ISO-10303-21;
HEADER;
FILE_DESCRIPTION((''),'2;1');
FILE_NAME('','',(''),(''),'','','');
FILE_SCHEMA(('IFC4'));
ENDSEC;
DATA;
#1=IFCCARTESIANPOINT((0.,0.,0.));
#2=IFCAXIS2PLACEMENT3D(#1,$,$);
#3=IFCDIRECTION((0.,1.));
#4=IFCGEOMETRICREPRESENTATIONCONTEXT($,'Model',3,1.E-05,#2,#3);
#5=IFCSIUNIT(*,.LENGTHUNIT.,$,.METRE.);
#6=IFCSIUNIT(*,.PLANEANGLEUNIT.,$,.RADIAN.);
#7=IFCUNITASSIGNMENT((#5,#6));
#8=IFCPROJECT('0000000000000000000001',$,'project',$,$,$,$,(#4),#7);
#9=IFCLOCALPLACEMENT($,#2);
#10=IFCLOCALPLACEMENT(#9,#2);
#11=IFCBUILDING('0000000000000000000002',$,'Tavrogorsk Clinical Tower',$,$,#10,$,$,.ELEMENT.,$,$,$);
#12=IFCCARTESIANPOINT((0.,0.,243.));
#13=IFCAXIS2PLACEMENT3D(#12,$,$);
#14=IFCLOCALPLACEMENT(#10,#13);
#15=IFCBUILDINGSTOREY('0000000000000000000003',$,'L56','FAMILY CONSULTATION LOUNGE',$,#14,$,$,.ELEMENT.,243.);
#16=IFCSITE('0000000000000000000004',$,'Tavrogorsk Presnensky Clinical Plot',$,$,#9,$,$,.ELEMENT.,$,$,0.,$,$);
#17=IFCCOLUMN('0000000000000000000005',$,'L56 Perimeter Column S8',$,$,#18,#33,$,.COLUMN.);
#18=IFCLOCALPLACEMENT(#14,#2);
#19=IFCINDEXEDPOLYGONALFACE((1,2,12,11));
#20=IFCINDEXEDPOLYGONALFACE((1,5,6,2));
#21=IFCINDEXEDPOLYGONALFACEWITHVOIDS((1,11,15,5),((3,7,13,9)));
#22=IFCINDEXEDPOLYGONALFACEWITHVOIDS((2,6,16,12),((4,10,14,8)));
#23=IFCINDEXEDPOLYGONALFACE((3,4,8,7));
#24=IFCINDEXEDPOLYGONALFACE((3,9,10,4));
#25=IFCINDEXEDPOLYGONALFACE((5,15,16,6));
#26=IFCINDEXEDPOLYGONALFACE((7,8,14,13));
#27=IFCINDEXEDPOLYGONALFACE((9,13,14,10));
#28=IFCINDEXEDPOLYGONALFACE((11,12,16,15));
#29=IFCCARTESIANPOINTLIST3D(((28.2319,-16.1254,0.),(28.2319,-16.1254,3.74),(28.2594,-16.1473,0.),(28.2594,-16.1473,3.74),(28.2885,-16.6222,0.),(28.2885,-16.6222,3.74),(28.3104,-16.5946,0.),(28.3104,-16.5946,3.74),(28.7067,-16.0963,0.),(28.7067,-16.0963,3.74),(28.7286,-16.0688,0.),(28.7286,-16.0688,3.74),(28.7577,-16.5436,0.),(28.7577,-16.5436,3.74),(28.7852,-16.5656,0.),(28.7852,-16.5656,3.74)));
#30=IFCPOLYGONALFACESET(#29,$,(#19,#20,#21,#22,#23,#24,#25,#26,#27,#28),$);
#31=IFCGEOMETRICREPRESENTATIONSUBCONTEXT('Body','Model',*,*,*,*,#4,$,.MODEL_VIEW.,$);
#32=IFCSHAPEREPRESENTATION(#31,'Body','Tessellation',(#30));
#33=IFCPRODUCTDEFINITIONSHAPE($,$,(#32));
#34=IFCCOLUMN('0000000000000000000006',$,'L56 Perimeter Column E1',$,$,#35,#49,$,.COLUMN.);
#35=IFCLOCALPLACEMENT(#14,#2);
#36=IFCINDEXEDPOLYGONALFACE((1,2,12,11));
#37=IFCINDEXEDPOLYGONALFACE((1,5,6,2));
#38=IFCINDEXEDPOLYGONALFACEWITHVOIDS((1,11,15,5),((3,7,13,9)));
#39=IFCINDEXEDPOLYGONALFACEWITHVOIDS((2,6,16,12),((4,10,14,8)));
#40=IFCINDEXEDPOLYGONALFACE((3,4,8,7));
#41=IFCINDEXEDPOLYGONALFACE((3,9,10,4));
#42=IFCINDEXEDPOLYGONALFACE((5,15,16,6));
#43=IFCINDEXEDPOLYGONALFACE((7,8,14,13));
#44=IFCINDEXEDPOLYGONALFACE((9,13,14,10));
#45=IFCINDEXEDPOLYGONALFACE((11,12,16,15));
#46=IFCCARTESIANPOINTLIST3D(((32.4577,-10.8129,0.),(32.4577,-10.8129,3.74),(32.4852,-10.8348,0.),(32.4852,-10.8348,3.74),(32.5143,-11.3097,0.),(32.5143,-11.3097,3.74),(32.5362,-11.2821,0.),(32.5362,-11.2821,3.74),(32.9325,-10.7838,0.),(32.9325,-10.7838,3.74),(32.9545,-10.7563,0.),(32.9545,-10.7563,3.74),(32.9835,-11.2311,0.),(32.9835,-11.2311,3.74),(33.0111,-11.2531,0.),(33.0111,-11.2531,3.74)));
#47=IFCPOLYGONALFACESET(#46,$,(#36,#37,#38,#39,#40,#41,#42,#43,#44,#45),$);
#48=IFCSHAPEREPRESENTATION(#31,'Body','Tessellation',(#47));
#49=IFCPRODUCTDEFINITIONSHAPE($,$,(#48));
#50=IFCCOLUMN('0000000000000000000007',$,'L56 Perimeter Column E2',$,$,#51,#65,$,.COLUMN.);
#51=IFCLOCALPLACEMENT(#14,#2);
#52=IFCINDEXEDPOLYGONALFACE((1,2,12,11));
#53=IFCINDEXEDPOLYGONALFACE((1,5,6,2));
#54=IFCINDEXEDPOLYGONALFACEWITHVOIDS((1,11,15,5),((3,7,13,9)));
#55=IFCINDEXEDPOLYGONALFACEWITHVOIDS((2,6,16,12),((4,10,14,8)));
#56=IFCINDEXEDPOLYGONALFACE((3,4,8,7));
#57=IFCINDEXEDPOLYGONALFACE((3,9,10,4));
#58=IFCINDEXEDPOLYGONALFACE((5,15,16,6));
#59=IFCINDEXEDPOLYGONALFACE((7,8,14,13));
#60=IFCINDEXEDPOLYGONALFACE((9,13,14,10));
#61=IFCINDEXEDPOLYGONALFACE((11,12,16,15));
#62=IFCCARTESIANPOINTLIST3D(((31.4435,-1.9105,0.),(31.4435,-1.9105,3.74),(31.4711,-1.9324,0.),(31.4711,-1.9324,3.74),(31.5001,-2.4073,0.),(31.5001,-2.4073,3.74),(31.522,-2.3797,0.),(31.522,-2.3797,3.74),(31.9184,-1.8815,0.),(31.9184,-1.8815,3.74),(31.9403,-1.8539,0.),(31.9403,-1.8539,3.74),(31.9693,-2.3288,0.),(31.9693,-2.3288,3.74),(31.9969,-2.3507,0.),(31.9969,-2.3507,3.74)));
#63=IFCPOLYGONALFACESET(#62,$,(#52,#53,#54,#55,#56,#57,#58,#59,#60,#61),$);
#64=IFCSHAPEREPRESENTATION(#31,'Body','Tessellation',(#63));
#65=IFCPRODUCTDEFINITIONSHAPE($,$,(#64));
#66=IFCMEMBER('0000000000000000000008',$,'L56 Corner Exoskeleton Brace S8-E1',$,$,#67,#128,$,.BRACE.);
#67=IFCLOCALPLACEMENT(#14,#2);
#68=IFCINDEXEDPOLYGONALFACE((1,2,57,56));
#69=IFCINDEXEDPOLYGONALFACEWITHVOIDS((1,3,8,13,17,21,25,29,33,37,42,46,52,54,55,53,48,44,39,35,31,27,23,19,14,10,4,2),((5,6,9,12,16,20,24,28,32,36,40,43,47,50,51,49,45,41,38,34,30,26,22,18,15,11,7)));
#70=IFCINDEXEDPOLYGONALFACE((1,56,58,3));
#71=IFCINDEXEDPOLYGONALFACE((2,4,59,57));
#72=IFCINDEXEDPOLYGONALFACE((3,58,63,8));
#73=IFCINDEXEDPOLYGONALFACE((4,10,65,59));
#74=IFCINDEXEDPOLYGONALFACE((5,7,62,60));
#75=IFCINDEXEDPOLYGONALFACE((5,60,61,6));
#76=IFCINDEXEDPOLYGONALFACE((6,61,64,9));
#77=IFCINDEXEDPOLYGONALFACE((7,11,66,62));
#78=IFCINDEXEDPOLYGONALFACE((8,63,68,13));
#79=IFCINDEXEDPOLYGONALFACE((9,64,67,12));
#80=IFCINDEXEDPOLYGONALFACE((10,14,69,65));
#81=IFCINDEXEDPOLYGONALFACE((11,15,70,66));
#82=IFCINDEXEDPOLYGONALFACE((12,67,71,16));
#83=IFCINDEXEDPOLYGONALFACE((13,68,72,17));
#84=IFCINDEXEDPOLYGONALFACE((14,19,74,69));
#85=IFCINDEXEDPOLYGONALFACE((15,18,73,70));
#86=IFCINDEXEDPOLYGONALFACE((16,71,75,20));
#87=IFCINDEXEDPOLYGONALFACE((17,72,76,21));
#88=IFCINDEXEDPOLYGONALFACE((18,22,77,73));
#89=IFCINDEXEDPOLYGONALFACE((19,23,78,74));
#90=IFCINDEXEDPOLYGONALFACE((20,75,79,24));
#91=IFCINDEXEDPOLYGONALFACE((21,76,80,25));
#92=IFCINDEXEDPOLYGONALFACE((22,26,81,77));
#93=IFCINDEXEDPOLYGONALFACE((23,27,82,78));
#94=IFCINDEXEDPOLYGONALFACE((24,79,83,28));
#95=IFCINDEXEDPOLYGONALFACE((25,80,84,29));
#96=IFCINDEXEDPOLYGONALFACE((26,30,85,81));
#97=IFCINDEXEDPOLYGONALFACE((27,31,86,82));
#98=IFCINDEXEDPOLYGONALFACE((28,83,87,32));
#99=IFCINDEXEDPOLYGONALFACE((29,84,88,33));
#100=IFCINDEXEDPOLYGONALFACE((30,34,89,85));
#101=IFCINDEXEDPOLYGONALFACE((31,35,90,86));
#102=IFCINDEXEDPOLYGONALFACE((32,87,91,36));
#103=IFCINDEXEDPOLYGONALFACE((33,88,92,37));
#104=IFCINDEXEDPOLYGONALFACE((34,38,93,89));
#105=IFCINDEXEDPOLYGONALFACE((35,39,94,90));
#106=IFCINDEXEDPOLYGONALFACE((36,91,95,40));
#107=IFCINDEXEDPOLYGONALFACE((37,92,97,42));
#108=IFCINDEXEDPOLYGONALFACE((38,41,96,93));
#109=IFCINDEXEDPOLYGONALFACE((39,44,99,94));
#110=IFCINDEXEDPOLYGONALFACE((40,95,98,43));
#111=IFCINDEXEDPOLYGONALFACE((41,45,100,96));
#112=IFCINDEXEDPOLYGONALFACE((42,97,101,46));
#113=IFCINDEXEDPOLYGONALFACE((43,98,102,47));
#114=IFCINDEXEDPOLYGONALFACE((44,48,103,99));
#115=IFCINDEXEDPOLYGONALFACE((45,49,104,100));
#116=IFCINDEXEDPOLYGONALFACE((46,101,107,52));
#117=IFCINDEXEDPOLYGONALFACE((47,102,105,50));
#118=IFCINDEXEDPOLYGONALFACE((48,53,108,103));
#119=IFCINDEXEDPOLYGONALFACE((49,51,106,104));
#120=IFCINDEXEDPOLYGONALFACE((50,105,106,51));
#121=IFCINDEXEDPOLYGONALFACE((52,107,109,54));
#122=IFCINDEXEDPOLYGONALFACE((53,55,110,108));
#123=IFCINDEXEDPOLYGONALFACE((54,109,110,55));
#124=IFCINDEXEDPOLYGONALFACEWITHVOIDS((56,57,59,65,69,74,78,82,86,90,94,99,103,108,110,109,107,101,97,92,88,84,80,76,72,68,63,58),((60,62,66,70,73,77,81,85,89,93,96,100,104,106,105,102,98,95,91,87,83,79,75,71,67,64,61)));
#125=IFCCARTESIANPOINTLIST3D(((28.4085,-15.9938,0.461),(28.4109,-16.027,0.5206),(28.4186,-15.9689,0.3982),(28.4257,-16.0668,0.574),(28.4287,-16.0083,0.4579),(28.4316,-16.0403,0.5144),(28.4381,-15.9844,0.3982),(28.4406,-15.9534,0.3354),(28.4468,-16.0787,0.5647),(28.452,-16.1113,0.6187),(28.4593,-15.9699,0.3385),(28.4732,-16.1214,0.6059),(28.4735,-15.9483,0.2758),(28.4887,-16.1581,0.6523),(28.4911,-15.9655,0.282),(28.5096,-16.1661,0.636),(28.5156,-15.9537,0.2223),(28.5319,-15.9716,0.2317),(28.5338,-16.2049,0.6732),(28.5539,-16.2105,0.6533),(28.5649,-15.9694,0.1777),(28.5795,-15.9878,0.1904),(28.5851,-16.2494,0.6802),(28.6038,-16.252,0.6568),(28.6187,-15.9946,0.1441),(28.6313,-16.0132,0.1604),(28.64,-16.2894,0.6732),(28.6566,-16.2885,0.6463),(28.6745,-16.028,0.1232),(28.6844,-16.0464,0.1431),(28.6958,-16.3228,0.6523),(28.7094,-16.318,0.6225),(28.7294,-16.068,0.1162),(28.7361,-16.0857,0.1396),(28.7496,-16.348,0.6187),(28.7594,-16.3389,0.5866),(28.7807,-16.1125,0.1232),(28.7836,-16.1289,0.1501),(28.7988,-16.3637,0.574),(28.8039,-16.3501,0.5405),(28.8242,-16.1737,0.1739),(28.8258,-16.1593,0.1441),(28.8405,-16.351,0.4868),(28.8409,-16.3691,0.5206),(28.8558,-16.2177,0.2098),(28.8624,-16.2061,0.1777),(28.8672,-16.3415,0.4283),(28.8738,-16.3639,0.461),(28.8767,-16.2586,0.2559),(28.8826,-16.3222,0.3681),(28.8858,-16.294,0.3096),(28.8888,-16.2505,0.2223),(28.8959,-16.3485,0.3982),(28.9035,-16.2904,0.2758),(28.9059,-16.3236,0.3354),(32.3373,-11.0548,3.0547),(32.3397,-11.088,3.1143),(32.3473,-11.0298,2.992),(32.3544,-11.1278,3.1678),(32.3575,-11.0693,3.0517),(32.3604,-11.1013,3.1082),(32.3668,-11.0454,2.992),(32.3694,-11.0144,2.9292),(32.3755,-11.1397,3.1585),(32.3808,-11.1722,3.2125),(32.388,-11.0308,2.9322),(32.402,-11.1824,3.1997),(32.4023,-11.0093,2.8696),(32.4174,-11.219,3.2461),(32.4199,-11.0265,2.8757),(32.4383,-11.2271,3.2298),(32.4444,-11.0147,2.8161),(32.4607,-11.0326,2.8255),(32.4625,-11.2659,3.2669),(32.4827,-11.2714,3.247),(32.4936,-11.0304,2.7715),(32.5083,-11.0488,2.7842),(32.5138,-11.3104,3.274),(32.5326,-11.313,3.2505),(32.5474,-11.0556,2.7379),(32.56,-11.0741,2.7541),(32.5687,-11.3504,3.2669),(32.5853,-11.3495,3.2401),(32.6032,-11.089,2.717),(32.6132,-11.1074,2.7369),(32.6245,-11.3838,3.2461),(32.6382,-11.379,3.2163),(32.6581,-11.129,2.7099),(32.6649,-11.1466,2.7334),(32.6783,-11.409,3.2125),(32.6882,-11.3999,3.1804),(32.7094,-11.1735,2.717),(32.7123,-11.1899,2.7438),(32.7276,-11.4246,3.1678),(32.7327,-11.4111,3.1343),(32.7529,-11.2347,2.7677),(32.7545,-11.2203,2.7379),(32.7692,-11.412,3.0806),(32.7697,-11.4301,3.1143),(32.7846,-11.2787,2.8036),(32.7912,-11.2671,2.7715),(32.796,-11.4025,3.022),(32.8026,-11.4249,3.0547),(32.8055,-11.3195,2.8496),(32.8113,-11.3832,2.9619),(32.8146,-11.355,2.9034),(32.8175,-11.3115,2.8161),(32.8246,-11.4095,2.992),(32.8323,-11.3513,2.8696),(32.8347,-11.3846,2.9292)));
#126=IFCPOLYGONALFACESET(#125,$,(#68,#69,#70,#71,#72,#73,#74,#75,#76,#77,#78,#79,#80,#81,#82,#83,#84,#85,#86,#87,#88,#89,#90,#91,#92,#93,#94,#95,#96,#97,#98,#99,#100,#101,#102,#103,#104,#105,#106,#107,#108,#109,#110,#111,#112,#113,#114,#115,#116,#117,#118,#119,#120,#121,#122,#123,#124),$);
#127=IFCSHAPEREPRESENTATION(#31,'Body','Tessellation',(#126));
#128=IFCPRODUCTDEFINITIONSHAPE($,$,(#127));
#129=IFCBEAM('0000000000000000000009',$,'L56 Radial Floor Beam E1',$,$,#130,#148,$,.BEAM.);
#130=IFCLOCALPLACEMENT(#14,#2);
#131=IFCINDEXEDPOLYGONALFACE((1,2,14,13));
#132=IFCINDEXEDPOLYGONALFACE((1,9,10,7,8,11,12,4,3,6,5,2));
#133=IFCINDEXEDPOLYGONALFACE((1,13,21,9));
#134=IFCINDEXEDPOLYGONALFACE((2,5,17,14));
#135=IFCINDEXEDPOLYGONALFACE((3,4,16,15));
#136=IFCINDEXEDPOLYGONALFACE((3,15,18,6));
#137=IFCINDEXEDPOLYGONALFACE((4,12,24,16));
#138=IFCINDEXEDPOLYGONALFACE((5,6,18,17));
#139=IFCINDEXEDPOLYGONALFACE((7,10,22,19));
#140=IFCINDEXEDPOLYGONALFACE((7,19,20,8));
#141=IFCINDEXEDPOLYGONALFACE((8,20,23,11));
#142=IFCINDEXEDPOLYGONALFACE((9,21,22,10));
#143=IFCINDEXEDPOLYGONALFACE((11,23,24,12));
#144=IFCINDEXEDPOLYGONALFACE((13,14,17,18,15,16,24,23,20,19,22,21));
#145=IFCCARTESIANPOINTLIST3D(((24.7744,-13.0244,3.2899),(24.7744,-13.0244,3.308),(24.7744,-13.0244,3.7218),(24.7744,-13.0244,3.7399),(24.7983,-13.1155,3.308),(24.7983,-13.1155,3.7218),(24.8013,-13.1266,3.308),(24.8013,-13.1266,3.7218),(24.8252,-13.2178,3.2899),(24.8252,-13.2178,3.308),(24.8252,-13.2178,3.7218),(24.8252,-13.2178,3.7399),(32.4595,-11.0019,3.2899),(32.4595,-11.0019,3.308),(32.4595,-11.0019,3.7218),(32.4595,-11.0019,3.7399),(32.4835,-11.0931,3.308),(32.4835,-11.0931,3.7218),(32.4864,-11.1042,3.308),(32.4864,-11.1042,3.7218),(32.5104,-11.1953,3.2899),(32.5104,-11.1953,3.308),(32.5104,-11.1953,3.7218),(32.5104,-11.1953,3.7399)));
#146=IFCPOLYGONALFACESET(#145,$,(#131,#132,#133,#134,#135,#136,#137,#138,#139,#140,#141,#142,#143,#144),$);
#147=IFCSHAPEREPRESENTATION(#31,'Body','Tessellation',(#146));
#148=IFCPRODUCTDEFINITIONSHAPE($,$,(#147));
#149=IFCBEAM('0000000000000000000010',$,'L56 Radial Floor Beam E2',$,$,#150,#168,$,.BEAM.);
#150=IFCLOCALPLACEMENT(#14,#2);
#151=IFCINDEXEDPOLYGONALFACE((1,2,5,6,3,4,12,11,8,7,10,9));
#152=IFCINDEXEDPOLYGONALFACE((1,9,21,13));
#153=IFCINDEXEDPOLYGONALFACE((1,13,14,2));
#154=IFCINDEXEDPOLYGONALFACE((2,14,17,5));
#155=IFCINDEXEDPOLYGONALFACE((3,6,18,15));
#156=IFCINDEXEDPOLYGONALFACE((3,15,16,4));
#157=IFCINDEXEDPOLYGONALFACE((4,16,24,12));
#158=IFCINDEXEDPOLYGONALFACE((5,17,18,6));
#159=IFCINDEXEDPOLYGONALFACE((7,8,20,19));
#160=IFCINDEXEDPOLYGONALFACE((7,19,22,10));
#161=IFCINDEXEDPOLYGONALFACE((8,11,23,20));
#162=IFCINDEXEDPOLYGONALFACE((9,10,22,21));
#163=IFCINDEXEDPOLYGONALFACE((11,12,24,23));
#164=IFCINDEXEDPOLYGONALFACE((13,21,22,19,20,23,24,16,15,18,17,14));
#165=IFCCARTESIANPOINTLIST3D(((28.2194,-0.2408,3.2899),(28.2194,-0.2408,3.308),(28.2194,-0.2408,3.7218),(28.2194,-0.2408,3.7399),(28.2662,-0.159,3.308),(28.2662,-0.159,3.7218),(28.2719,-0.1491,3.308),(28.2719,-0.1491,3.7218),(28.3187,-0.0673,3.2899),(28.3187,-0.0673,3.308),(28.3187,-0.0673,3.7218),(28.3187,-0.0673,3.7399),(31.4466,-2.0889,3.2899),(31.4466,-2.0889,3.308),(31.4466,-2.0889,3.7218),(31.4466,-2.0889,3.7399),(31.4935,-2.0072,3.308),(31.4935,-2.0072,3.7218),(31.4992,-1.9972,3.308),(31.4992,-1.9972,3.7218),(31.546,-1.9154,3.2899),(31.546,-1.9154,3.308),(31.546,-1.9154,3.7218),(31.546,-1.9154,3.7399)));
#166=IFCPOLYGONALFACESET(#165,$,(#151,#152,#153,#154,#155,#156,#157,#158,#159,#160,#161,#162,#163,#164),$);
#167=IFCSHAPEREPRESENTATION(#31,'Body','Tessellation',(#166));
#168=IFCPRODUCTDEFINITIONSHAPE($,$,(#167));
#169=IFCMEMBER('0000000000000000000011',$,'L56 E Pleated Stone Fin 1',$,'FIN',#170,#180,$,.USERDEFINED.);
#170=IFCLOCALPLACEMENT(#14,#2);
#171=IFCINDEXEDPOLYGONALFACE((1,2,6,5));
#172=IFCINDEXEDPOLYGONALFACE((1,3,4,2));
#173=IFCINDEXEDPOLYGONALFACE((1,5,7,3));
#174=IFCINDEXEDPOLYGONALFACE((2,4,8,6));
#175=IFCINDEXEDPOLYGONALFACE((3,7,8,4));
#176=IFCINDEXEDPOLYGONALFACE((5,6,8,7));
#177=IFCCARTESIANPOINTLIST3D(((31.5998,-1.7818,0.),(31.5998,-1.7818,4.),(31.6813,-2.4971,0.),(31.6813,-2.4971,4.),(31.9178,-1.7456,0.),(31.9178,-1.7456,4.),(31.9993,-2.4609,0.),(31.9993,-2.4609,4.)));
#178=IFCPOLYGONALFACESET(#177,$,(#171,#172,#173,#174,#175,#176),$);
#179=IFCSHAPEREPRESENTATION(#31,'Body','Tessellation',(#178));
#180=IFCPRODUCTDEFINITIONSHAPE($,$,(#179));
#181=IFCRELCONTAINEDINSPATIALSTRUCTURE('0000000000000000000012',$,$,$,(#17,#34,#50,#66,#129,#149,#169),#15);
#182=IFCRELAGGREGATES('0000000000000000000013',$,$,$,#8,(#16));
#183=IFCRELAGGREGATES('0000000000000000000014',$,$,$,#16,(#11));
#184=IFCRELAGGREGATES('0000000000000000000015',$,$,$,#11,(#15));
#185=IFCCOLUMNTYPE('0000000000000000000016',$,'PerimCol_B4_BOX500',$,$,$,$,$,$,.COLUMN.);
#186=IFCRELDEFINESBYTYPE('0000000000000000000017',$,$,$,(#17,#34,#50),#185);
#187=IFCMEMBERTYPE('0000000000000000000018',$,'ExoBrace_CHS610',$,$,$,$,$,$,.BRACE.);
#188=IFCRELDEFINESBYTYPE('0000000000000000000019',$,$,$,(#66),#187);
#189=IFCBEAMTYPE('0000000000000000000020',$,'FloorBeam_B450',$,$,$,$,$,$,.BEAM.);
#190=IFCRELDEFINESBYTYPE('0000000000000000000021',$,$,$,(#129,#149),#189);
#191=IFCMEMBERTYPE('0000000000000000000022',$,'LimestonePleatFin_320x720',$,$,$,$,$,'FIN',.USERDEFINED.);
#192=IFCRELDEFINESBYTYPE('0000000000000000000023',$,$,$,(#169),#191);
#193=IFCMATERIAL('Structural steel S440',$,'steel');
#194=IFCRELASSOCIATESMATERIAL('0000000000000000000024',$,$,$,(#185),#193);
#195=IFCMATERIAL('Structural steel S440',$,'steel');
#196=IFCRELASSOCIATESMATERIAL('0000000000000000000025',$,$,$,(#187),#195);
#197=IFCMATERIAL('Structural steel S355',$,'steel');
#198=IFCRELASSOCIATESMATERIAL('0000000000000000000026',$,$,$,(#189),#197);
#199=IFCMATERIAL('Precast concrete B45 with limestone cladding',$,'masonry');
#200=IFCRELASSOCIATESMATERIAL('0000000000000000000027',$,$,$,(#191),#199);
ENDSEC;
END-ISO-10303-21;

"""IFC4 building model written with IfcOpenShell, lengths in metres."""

from ifc_helpers import new_model, si_unit, direction, frame, origin, origin_2d, place, context, subcontext, project, spatial, rectangle, hollow_rectangle, hollow_circle, i_section, extrude, material, material_profile, profile_set, type_object, element, save


model = new_model("IFC4")

# Units and contexts
model_context = context("Model", 3, precision=1e-05, world=origin(), true_north=direction((0.0, 1.0)))
body_context = subcontext(model_context, "Body", "Model", "MODEL_VIEW")
ifc_project = project(units=[si_unit("LENGTHUNIT", "METRE"), si_unit("PLANEANGLEUNIT", "RADIAN")], contexts=[model_context])

# Site, building, storey
site_placement = place(None, origin())
site = spatial("IfcSite", under=ifc_project, at=site_placement, Name="Tavrogorsk Presnensky Clinical Plot", CompositionType="ELEMENT", RefElevation=0.0)
building_placement = place(site_placement, origin())
building = spatial("IfcBuilding", under=site, at=building_placement, Name="Tavrogorsk Clinical Tower", CompositionType="ELEMENT")
storey_placement = place(building_placement, frame((0.0, 0.0, 243.0)))
storey = spatial("IfcBuildingStorey", under=building, at=storey_placement, Name="L56", Description="FAMILY CONSULTATION LOUNGE", CompositionType="ELEMENT", Elevation=243.0)

# Columns
ifc_material_1 = material(Name="Structural steel S440", Category="steel")
ifc_material_profile_1 = material_profile(ifc_material_1, hollow_rectangle(XDim=0.5, YDim=0.5, WallThickness=0.0249, at=origin_2d()), Name="BOX-500x500x25")
ifc_profile_set_1 = profile_set([ifc_material_profile_1], Name="Structural steel S440")
column_type = type_object("IfcColumnType", Name="PerimCol_B4_BOX500", PredefinedType="COLUMN", material=ifc_profile_set_1)
for number, where, z_axis, x_axis, name in (
    (1, (28.5085, -16.3455, 0.0), (0.0, 0.0, 1.0), (0.993572, 0.113203, 0.0), "L56 Perimeter Column S8"),
    (2, (32.7344, -11.033, 0.0), (0.0, 0.0, 1.0), (0.993572, 0.113203, 0.0), "L56 Perimeter Column E1"),
    (3, (31.7202, -2.1306, 0.0), (0.0, 0.0, 1.0), (0.993572, 0.113203, 0.0), "L56 Perimeter Column E2"),
):
    element("IfcColumn", number, at=place(storey_placement, frame(where, z_axis=z_axis, x_axis=x_axis)), inside=storey, type_object=column_type, Name=name, PredefinedType="COLUMN", context=body_context, shape_type="SweptSolid", body=[
        extrude(hollow_rectangle(XDim=0.5, YDim=0.5, WallThickness=0.0249, at=origin_2d()), origin(), (0.0, 0.0, 1.0), 3.74),
    ])

# Member
ifc_material_2 = material(Name="Structural steel S440", Category="steel")
ifc_material_profile_2 = material_profile(ifc_material_2, hollow_circle(Radius=0.3049, WallThickness=0.0249, at=origin_2d()), Name="CHS-610x25")
ifc_profile_set_2 = profile_set([ifc_material_profile_2], Name="Structural steel S440")
member_type_1 = type_object("IfcMemberType", Name="ExoBrace_CHS610", PredefinedType="BRACE", material=ifc_profile_set_2)
member_1_placement = place(storey_placement, frame((28.6572, -16.1587, 0.3982), z_axis=(0.575789, 0.723852, 0.380138), x_axis=(-0.782602, 0.622522, 0.0)))
element("IfcMember", 4, at=member_1_placement, inside=storey, type_object=member_type_1, Name="L56 Corner Exoskeleton Brace S8-E1", PredefinedType="BRACE", context=body_context, shape_type="SweptSolid", body=[
    extrude(hollow_circle(Radius=0.3049, WallThickness=0.0249, at=origin_2d()), origin(), (0.0, 0.0, 1.0), 6.8232),
])

# Beams
ifc_material_3 = material(Name="Structural steel S355", Category="steel")
ifc_material_profile_3 = material_profile(ifc_material_3, i_section(OverallWidth=0.2, OverallDepth=0.45, WebThickness=0.0115, FlangeThickness=0.0181, at=origin_2d()), Name="B-450x200x11.5x18")
ifc_profile_set_3 = profile_set([ifc_material_profile_3], Name="Structural steel S355")
beam_type_1 = type_object("IfcBeamType", Name="FloorBeam_B450", PredefinedType="BEAM", material=ifc_profile_set_3)
beam_1_placement = place(storey_placement, frame((24.7998, -13.1211, 3.5149), z_axis=(0.967072, 0.254502, 0.0), x_axis=(-0.254502, 0.967072, 0.0)))
element("IfcBeam", 5, at=beam_1_placement, inside=storey, type_object=beam_type_1, Name="L56 Radial Floor Beam E1", PredefinedType="BEAM", context=body_context, shape_type="SweptSolid", body=[
    extrude(i_section(OverallWidth=0.2, OverallDepth=0.45, WebThickness=0.0115, FlangeThickness=0.0181, at=origin_2d()), origin(), (0.0, 0.0, 1.0), 7.9468),
])
beam_2_placement = place(storey_placement, frame((28.269, -0.1541, 3.5149), z_axis=(0.867782, -0.496945, 0.0), x_axis=(0.496945, 0.867782, 0.0)))
element("IfcBeam", 6, at=beam_2_placement, inside=storey, type_object=beam_type_1, Name="L56 Radial Floor Beam E2", PredefinedType="BEAM", context=body_context, shape_type="SweptSolid", body=[
    extrude(i_section(OverallWidth=0.2, OverallDepth=0.45, WebThickness=0.0115, FlangeThickness=0.0181, at=origin_2d()), origin(), (0.0, 0.0, 1.0), 3.719),
])

# Member
ifc_material_4 = material(Name="Precast concrete B45 with limestone cladding", Category="masonry")
ifc_material_profile_4 = material_profile(ifc_material_4, rectangle(XDim=0.3201, YDim=0.72, at=origin_2d()), Name="LIMESTONE-FIN-320x720")
ifc_profile_set_4 = profile_set([ifc_material_profile_4], Name="Precast concrete B45 with limestone cladding")
member_type_2 = type_object("IfcMemberType", Name="LimestonePleatFin_320x720", ElementType="FIN", PredefinedType="USERDEFINED", material=ifc_profile_set_4)
member_2_placement = place(storey_placement, frame((31.7996, -2.1213, 0.0), z_axis=(0.0, 0.0, 1.0), x_axis=(0.993572, 0.113203, 0.0)))
element("IfcMember", 7, at=member_2_placement, inside=storey, type_object=member_type_2, Name="L56 E Pleated Stone Fin 1", ObjectType="FIN", PredefinedType="USERDEFINED", context=body_context, shape_type="SweptSolid", body=[
    extrude(rectangle(XDim=0.3201, YDim=0.72, at=origin_2d()), origin(), (0.0, 0.0, 1.0), 4.0),
])

save(model, "model.ifc")
